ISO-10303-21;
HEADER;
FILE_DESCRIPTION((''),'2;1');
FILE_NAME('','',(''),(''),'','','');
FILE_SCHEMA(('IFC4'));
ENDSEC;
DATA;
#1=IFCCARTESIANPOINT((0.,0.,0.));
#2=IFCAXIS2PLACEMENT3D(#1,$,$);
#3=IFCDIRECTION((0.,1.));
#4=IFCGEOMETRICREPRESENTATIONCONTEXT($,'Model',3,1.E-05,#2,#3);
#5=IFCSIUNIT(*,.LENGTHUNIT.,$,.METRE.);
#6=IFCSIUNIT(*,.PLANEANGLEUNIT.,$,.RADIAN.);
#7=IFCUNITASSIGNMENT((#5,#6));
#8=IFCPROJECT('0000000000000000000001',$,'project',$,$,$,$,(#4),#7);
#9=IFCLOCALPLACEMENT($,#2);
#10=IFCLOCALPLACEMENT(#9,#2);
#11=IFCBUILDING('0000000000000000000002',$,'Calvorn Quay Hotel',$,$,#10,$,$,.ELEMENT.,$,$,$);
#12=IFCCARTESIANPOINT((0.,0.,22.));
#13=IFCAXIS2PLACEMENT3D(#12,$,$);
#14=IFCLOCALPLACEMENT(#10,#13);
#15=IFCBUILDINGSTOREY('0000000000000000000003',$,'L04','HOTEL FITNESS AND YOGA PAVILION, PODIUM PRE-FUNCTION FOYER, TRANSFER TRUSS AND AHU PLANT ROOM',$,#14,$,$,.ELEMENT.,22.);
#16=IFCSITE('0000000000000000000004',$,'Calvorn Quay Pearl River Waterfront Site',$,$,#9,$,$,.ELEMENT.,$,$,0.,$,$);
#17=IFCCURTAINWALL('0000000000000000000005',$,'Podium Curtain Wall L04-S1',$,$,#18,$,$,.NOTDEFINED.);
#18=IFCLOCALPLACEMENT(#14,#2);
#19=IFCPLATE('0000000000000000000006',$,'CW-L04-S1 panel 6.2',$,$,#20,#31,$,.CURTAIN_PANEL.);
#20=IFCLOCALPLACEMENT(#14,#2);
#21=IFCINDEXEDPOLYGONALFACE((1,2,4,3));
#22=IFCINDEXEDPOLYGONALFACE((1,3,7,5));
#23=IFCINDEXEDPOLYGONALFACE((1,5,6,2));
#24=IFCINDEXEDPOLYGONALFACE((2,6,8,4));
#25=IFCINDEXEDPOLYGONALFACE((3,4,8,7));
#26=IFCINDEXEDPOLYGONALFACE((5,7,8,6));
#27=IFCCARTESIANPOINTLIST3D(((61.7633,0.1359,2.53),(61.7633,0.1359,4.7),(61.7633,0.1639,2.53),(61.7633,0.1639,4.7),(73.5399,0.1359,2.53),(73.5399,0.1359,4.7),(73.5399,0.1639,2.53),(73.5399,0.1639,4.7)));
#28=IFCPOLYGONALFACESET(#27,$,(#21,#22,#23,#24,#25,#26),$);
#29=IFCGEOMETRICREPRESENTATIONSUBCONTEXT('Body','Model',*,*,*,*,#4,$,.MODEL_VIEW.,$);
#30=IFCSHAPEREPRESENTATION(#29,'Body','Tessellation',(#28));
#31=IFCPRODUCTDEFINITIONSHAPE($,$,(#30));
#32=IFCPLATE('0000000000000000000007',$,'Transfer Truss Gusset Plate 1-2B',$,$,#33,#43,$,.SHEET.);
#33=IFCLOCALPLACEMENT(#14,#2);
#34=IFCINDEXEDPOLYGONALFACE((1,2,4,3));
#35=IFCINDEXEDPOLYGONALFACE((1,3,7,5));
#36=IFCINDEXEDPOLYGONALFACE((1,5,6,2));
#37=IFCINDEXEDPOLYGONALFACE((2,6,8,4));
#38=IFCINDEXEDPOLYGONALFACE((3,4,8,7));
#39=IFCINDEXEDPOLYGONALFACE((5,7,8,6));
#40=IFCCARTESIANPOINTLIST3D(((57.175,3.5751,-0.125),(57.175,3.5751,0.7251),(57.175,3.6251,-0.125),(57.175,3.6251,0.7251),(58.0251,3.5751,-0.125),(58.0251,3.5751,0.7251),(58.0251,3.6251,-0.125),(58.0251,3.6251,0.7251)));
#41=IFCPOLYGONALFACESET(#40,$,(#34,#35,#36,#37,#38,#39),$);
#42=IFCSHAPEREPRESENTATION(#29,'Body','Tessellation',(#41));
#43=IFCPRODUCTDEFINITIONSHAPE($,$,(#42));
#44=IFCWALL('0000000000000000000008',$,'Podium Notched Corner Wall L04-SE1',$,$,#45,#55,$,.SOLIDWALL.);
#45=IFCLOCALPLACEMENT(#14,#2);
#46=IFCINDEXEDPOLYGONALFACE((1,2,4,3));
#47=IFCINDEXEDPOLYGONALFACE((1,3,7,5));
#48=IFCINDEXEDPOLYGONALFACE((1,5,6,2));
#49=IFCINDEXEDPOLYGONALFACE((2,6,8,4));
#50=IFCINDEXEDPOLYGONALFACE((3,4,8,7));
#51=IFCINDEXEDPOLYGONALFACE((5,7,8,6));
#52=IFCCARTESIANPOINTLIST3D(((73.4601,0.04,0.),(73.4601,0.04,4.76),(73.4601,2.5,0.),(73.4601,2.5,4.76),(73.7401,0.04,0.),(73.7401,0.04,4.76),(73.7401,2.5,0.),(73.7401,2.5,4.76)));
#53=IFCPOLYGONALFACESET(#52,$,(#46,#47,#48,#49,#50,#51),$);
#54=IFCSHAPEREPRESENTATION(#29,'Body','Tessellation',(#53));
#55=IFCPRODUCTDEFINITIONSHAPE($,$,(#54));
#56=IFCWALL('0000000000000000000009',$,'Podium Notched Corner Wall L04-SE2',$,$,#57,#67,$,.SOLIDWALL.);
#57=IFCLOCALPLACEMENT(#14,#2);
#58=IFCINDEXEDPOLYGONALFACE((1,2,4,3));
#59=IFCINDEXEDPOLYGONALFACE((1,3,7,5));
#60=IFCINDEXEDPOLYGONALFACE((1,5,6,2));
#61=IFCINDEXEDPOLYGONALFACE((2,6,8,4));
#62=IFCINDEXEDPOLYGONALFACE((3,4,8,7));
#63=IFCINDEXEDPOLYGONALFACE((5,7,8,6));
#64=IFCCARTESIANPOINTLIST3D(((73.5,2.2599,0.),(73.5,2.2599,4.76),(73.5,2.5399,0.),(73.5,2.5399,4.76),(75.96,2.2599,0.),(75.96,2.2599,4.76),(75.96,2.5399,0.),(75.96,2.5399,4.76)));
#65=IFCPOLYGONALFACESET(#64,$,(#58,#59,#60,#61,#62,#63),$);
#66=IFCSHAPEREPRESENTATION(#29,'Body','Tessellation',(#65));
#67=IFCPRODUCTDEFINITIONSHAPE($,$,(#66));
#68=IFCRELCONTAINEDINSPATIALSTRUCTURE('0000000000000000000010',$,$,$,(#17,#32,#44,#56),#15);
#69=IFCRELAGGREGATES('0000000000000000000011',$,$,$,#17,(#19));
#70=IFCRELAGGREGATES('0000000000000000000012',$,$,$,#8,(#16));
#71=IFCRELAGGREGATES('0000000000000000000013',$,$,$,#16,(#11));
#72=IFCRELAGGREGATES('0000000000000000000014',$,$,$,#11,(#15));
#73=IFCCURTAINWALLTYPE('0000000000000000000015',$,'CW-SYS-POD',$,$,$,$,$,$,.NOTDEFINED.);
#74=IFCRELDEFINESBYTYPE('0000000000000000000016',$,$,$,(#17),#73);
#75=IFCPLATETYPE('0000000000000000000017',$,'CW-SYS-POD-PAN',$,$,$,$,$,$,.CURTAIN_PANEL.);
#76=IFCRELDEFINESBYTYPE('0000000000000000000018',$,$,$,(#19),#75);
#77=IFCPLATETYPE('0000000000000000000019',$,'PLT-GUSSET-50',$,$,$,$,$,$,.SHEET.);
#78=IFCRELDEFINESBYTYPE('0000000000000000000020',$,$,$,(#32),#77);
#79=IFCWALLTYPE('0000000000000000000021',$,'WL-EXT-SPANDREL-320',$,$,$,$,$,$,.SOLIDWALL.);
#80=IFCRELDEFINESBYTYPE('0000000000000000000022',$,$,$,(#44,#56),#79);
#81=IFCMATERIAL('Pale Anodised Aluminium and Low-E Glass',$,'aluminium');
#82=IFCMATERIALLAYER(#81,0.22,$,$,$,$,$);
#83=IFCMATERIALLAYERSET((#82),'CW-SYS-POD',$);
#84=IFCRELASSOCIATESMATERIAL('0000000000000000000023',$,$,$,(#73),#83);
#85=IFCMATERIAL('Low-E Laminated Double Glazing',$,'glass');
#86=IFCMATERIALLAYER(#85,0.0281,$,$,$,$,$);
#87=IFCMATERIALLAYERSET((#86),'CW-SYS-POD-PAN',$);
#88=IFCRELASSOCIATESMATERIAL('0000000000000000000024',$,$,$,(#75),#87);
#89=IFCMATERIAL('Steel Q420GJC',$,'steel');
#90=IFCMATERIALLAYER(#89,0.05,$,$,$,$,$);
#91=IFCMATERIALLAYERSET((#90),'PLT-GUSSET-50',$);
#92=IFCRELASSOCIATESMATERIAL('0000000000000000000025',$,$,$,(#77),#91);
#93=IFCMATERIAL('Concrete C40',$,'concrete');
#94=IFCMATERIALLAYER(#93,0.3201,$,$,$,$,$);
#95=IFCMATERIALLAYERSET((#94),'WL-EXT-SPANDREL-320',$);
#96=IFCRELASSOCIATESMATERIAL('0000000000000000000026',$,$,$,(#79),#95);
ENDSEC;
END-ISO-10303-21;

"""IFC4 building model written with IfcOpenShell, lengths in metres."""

from ifc_helpers import new_model, si_unit, direction, frame, frame_2d, origin, origin_2d, place, context, subcontext, project, spatial, rectangle, extrude, material, layer, layer_set, type_object, element, aggregate, save


model = new_model("IFC4")

# Units and contexts
model_context = context("Model", 3, precision=1e-05, world=origin(), true_north=direction((0.0, 1.0)))
body_context = subcontext(model_context, "Body", "Model", "MODEL_VIEW")
ifc_project = project(units=[si_unit("LENGTHUNIT", "METRE"), si_unit("PLANEANGLEUNIT", "RADIAN")], contexts=[model_context])

# Site, building, storey
site_placement = place(None, origin())
site = spatial("IfcSite", under=ifc_project, at=site_placement, Name="Calvorn Quay Pearl River Waterfront Site", CompositionType="ELEMENT", RefElevation=0.0)
building_placement = place(site_placement, origin())
building = spatial("IfcBuilding", under=site, at=building_placement, Name="Calvorn Quay Hotel", CompositionType="ELEMENT")
storey_placement = place(building_placement, frame((0.0, 0.0, 22.0)))
storey = spatial("IfcBuildingStorey", under=building, at=storey_placement, Name="L04", Description="HOTEL FITNESS AND YOGA PAVILION, PODIUM PRE-FUNCTION FOYER, TRANSFER TRUSS AND AHU PLANT ROOM", CompositionType="ELEMENT", Elevation=22.0)

# Curtain wall
ifc_material_1 = material(Name="Pale Anodised Aluminium and Low-E Glass", Category="aluminium")
ifc_layer_1 = layer(ifc_material_1, 0.22)
ifc_layer_set_1 = layer_set([ifc_layer_1], Name="CW-SYS-POD")
curtain_wall_type = type_object("IfcCurtainWallType", Name="CW-SYS-POD", PredefinedType="NOTDEFINED", material=ifc_layer_set_1)
curtain_wall_1_placement = place(storey_placement, origin())
curtain_wall_1 = element("IfcCurtainWall", 1, at=curtain_wall_1_placement, inside=storey, type_object=curtain_wall_type, Name="Podium Curtain Wall L04-S1", PredefinedType="NOTDEFINED")

# Plates
ifc_material_2 = material(Name="Low-E Laminated Double Glazing", Category="glass")
ifc_layer_2 = layer(ifc_material_2, 0.0281)
ifc_layer_set_2 = layer_set([ifc_layer_2], Name="CW-SYS-POD-PAN")
plate_type_1 = type_object("IfcPlateType", Name="CW-SYS-POD-PAN", PredefinedType="CURTAIN_PANEL", material=ifc_layer_set_2)
plate_1_placement = place(storey_placement, frame((67.6516, 0.1499, 2.53), z_axis=(0.0, 0.0, 1.0), x_axis=(1.0, 0.0, 0.0)))
plate_1 = element("IfcPlate", 2, at=plate_1_placement, type_object=plate_type_1, Name="CW-L04-S1 panel 6.2", PredefinedType="CURTAIN_PANEL", context=body_context, shape_type="SweptSolid", body=[
    extrude(rectangle(XDim=11.7766, YDim=0.0281, at=origin_2d()), origin(), (0.0, 0.0, 1.0), 2.1699),
])
aggregate(curtain_wall_1, [plate_1])
ifc_material_3 = material(Name="Steel Q420GJC", Category="steel")
ifc_layer_3 = layer(ifc_material_3, 0.05)
ifc_layer_set_3 = layer_set([ifc_layer_3], Name="PLT-GUSSET-50")
plate_type_2 = type_object("IfcPlateType", Name="PLT-GUSSET-50", PredefinedType="SHEET", material=ifc_layer_set_3)
plate_2_placement = place(storey_placement, frame((57.6001, 3.6001, -0.125), z_axis=(0.0, 0.0, 1.0), x_axis=(1.0, 0.0, 0.0)))
element("IfcPlate", 3, at=plate_2_placement, inside=storey, type_object=plate_type_2, Name="Transfer Truss Gusset Plate 1-2B", PredefinedType="SHEET", context=body_context, shape_type="SweptSolid", body=[
    extrude(rectangle(XDim=0.8501, YDim=0.05, at=origin_2d()), origin(), (0.0, 0.0, 1.0), 0.8501),
])

# Walls
ifc_material_4 = material(Name="Concrete C40", Category="concrete")
ifc_layer_4 = layer(ifc_material_4, 0.3201)
ifc_layer_set_4 = layer_set([ifc_layer_4], Name="WL-EXT-SPANDREL-320")
wall_type = type_object("IfcWallType", Name="WL-EXT-SPANDREL-320", PredefinedType="SOLIDWALL", material=ifc_layer_set_4)
for number, where, z_axis, x_axis, name in (
    (4, (73.6001, 0.04, 0.0), (0.0, 0.0, 1.0), (0.0, 1.0, 0.0), "Podium Notched Corner Wall L04-SE1"),
    (5, (73.5, 2.3999, 0.0), (0.0, 0.0, 1.0), (1.0, 0.0, 0.0), "Podium Notched Corner Wall L04-SE2"),
):
    element("IfcWall", number, at=place(storey_placement, frame(where, z_axis=z_axis, x_axis=x_axis)), inside=storey, type_object=wall_type, Name=name, PredefinedType="SOLIDWALL", context=body_context, shape_type="SweptSolid", body=[
        extrude(rectangle(XDim=2.46, YDim=0.28, at=frame_2d((1.23, 0.0))), origin(), (0.0, 0.0, 1.0), 4.76),
    ])

save(model, "model.ifc")
